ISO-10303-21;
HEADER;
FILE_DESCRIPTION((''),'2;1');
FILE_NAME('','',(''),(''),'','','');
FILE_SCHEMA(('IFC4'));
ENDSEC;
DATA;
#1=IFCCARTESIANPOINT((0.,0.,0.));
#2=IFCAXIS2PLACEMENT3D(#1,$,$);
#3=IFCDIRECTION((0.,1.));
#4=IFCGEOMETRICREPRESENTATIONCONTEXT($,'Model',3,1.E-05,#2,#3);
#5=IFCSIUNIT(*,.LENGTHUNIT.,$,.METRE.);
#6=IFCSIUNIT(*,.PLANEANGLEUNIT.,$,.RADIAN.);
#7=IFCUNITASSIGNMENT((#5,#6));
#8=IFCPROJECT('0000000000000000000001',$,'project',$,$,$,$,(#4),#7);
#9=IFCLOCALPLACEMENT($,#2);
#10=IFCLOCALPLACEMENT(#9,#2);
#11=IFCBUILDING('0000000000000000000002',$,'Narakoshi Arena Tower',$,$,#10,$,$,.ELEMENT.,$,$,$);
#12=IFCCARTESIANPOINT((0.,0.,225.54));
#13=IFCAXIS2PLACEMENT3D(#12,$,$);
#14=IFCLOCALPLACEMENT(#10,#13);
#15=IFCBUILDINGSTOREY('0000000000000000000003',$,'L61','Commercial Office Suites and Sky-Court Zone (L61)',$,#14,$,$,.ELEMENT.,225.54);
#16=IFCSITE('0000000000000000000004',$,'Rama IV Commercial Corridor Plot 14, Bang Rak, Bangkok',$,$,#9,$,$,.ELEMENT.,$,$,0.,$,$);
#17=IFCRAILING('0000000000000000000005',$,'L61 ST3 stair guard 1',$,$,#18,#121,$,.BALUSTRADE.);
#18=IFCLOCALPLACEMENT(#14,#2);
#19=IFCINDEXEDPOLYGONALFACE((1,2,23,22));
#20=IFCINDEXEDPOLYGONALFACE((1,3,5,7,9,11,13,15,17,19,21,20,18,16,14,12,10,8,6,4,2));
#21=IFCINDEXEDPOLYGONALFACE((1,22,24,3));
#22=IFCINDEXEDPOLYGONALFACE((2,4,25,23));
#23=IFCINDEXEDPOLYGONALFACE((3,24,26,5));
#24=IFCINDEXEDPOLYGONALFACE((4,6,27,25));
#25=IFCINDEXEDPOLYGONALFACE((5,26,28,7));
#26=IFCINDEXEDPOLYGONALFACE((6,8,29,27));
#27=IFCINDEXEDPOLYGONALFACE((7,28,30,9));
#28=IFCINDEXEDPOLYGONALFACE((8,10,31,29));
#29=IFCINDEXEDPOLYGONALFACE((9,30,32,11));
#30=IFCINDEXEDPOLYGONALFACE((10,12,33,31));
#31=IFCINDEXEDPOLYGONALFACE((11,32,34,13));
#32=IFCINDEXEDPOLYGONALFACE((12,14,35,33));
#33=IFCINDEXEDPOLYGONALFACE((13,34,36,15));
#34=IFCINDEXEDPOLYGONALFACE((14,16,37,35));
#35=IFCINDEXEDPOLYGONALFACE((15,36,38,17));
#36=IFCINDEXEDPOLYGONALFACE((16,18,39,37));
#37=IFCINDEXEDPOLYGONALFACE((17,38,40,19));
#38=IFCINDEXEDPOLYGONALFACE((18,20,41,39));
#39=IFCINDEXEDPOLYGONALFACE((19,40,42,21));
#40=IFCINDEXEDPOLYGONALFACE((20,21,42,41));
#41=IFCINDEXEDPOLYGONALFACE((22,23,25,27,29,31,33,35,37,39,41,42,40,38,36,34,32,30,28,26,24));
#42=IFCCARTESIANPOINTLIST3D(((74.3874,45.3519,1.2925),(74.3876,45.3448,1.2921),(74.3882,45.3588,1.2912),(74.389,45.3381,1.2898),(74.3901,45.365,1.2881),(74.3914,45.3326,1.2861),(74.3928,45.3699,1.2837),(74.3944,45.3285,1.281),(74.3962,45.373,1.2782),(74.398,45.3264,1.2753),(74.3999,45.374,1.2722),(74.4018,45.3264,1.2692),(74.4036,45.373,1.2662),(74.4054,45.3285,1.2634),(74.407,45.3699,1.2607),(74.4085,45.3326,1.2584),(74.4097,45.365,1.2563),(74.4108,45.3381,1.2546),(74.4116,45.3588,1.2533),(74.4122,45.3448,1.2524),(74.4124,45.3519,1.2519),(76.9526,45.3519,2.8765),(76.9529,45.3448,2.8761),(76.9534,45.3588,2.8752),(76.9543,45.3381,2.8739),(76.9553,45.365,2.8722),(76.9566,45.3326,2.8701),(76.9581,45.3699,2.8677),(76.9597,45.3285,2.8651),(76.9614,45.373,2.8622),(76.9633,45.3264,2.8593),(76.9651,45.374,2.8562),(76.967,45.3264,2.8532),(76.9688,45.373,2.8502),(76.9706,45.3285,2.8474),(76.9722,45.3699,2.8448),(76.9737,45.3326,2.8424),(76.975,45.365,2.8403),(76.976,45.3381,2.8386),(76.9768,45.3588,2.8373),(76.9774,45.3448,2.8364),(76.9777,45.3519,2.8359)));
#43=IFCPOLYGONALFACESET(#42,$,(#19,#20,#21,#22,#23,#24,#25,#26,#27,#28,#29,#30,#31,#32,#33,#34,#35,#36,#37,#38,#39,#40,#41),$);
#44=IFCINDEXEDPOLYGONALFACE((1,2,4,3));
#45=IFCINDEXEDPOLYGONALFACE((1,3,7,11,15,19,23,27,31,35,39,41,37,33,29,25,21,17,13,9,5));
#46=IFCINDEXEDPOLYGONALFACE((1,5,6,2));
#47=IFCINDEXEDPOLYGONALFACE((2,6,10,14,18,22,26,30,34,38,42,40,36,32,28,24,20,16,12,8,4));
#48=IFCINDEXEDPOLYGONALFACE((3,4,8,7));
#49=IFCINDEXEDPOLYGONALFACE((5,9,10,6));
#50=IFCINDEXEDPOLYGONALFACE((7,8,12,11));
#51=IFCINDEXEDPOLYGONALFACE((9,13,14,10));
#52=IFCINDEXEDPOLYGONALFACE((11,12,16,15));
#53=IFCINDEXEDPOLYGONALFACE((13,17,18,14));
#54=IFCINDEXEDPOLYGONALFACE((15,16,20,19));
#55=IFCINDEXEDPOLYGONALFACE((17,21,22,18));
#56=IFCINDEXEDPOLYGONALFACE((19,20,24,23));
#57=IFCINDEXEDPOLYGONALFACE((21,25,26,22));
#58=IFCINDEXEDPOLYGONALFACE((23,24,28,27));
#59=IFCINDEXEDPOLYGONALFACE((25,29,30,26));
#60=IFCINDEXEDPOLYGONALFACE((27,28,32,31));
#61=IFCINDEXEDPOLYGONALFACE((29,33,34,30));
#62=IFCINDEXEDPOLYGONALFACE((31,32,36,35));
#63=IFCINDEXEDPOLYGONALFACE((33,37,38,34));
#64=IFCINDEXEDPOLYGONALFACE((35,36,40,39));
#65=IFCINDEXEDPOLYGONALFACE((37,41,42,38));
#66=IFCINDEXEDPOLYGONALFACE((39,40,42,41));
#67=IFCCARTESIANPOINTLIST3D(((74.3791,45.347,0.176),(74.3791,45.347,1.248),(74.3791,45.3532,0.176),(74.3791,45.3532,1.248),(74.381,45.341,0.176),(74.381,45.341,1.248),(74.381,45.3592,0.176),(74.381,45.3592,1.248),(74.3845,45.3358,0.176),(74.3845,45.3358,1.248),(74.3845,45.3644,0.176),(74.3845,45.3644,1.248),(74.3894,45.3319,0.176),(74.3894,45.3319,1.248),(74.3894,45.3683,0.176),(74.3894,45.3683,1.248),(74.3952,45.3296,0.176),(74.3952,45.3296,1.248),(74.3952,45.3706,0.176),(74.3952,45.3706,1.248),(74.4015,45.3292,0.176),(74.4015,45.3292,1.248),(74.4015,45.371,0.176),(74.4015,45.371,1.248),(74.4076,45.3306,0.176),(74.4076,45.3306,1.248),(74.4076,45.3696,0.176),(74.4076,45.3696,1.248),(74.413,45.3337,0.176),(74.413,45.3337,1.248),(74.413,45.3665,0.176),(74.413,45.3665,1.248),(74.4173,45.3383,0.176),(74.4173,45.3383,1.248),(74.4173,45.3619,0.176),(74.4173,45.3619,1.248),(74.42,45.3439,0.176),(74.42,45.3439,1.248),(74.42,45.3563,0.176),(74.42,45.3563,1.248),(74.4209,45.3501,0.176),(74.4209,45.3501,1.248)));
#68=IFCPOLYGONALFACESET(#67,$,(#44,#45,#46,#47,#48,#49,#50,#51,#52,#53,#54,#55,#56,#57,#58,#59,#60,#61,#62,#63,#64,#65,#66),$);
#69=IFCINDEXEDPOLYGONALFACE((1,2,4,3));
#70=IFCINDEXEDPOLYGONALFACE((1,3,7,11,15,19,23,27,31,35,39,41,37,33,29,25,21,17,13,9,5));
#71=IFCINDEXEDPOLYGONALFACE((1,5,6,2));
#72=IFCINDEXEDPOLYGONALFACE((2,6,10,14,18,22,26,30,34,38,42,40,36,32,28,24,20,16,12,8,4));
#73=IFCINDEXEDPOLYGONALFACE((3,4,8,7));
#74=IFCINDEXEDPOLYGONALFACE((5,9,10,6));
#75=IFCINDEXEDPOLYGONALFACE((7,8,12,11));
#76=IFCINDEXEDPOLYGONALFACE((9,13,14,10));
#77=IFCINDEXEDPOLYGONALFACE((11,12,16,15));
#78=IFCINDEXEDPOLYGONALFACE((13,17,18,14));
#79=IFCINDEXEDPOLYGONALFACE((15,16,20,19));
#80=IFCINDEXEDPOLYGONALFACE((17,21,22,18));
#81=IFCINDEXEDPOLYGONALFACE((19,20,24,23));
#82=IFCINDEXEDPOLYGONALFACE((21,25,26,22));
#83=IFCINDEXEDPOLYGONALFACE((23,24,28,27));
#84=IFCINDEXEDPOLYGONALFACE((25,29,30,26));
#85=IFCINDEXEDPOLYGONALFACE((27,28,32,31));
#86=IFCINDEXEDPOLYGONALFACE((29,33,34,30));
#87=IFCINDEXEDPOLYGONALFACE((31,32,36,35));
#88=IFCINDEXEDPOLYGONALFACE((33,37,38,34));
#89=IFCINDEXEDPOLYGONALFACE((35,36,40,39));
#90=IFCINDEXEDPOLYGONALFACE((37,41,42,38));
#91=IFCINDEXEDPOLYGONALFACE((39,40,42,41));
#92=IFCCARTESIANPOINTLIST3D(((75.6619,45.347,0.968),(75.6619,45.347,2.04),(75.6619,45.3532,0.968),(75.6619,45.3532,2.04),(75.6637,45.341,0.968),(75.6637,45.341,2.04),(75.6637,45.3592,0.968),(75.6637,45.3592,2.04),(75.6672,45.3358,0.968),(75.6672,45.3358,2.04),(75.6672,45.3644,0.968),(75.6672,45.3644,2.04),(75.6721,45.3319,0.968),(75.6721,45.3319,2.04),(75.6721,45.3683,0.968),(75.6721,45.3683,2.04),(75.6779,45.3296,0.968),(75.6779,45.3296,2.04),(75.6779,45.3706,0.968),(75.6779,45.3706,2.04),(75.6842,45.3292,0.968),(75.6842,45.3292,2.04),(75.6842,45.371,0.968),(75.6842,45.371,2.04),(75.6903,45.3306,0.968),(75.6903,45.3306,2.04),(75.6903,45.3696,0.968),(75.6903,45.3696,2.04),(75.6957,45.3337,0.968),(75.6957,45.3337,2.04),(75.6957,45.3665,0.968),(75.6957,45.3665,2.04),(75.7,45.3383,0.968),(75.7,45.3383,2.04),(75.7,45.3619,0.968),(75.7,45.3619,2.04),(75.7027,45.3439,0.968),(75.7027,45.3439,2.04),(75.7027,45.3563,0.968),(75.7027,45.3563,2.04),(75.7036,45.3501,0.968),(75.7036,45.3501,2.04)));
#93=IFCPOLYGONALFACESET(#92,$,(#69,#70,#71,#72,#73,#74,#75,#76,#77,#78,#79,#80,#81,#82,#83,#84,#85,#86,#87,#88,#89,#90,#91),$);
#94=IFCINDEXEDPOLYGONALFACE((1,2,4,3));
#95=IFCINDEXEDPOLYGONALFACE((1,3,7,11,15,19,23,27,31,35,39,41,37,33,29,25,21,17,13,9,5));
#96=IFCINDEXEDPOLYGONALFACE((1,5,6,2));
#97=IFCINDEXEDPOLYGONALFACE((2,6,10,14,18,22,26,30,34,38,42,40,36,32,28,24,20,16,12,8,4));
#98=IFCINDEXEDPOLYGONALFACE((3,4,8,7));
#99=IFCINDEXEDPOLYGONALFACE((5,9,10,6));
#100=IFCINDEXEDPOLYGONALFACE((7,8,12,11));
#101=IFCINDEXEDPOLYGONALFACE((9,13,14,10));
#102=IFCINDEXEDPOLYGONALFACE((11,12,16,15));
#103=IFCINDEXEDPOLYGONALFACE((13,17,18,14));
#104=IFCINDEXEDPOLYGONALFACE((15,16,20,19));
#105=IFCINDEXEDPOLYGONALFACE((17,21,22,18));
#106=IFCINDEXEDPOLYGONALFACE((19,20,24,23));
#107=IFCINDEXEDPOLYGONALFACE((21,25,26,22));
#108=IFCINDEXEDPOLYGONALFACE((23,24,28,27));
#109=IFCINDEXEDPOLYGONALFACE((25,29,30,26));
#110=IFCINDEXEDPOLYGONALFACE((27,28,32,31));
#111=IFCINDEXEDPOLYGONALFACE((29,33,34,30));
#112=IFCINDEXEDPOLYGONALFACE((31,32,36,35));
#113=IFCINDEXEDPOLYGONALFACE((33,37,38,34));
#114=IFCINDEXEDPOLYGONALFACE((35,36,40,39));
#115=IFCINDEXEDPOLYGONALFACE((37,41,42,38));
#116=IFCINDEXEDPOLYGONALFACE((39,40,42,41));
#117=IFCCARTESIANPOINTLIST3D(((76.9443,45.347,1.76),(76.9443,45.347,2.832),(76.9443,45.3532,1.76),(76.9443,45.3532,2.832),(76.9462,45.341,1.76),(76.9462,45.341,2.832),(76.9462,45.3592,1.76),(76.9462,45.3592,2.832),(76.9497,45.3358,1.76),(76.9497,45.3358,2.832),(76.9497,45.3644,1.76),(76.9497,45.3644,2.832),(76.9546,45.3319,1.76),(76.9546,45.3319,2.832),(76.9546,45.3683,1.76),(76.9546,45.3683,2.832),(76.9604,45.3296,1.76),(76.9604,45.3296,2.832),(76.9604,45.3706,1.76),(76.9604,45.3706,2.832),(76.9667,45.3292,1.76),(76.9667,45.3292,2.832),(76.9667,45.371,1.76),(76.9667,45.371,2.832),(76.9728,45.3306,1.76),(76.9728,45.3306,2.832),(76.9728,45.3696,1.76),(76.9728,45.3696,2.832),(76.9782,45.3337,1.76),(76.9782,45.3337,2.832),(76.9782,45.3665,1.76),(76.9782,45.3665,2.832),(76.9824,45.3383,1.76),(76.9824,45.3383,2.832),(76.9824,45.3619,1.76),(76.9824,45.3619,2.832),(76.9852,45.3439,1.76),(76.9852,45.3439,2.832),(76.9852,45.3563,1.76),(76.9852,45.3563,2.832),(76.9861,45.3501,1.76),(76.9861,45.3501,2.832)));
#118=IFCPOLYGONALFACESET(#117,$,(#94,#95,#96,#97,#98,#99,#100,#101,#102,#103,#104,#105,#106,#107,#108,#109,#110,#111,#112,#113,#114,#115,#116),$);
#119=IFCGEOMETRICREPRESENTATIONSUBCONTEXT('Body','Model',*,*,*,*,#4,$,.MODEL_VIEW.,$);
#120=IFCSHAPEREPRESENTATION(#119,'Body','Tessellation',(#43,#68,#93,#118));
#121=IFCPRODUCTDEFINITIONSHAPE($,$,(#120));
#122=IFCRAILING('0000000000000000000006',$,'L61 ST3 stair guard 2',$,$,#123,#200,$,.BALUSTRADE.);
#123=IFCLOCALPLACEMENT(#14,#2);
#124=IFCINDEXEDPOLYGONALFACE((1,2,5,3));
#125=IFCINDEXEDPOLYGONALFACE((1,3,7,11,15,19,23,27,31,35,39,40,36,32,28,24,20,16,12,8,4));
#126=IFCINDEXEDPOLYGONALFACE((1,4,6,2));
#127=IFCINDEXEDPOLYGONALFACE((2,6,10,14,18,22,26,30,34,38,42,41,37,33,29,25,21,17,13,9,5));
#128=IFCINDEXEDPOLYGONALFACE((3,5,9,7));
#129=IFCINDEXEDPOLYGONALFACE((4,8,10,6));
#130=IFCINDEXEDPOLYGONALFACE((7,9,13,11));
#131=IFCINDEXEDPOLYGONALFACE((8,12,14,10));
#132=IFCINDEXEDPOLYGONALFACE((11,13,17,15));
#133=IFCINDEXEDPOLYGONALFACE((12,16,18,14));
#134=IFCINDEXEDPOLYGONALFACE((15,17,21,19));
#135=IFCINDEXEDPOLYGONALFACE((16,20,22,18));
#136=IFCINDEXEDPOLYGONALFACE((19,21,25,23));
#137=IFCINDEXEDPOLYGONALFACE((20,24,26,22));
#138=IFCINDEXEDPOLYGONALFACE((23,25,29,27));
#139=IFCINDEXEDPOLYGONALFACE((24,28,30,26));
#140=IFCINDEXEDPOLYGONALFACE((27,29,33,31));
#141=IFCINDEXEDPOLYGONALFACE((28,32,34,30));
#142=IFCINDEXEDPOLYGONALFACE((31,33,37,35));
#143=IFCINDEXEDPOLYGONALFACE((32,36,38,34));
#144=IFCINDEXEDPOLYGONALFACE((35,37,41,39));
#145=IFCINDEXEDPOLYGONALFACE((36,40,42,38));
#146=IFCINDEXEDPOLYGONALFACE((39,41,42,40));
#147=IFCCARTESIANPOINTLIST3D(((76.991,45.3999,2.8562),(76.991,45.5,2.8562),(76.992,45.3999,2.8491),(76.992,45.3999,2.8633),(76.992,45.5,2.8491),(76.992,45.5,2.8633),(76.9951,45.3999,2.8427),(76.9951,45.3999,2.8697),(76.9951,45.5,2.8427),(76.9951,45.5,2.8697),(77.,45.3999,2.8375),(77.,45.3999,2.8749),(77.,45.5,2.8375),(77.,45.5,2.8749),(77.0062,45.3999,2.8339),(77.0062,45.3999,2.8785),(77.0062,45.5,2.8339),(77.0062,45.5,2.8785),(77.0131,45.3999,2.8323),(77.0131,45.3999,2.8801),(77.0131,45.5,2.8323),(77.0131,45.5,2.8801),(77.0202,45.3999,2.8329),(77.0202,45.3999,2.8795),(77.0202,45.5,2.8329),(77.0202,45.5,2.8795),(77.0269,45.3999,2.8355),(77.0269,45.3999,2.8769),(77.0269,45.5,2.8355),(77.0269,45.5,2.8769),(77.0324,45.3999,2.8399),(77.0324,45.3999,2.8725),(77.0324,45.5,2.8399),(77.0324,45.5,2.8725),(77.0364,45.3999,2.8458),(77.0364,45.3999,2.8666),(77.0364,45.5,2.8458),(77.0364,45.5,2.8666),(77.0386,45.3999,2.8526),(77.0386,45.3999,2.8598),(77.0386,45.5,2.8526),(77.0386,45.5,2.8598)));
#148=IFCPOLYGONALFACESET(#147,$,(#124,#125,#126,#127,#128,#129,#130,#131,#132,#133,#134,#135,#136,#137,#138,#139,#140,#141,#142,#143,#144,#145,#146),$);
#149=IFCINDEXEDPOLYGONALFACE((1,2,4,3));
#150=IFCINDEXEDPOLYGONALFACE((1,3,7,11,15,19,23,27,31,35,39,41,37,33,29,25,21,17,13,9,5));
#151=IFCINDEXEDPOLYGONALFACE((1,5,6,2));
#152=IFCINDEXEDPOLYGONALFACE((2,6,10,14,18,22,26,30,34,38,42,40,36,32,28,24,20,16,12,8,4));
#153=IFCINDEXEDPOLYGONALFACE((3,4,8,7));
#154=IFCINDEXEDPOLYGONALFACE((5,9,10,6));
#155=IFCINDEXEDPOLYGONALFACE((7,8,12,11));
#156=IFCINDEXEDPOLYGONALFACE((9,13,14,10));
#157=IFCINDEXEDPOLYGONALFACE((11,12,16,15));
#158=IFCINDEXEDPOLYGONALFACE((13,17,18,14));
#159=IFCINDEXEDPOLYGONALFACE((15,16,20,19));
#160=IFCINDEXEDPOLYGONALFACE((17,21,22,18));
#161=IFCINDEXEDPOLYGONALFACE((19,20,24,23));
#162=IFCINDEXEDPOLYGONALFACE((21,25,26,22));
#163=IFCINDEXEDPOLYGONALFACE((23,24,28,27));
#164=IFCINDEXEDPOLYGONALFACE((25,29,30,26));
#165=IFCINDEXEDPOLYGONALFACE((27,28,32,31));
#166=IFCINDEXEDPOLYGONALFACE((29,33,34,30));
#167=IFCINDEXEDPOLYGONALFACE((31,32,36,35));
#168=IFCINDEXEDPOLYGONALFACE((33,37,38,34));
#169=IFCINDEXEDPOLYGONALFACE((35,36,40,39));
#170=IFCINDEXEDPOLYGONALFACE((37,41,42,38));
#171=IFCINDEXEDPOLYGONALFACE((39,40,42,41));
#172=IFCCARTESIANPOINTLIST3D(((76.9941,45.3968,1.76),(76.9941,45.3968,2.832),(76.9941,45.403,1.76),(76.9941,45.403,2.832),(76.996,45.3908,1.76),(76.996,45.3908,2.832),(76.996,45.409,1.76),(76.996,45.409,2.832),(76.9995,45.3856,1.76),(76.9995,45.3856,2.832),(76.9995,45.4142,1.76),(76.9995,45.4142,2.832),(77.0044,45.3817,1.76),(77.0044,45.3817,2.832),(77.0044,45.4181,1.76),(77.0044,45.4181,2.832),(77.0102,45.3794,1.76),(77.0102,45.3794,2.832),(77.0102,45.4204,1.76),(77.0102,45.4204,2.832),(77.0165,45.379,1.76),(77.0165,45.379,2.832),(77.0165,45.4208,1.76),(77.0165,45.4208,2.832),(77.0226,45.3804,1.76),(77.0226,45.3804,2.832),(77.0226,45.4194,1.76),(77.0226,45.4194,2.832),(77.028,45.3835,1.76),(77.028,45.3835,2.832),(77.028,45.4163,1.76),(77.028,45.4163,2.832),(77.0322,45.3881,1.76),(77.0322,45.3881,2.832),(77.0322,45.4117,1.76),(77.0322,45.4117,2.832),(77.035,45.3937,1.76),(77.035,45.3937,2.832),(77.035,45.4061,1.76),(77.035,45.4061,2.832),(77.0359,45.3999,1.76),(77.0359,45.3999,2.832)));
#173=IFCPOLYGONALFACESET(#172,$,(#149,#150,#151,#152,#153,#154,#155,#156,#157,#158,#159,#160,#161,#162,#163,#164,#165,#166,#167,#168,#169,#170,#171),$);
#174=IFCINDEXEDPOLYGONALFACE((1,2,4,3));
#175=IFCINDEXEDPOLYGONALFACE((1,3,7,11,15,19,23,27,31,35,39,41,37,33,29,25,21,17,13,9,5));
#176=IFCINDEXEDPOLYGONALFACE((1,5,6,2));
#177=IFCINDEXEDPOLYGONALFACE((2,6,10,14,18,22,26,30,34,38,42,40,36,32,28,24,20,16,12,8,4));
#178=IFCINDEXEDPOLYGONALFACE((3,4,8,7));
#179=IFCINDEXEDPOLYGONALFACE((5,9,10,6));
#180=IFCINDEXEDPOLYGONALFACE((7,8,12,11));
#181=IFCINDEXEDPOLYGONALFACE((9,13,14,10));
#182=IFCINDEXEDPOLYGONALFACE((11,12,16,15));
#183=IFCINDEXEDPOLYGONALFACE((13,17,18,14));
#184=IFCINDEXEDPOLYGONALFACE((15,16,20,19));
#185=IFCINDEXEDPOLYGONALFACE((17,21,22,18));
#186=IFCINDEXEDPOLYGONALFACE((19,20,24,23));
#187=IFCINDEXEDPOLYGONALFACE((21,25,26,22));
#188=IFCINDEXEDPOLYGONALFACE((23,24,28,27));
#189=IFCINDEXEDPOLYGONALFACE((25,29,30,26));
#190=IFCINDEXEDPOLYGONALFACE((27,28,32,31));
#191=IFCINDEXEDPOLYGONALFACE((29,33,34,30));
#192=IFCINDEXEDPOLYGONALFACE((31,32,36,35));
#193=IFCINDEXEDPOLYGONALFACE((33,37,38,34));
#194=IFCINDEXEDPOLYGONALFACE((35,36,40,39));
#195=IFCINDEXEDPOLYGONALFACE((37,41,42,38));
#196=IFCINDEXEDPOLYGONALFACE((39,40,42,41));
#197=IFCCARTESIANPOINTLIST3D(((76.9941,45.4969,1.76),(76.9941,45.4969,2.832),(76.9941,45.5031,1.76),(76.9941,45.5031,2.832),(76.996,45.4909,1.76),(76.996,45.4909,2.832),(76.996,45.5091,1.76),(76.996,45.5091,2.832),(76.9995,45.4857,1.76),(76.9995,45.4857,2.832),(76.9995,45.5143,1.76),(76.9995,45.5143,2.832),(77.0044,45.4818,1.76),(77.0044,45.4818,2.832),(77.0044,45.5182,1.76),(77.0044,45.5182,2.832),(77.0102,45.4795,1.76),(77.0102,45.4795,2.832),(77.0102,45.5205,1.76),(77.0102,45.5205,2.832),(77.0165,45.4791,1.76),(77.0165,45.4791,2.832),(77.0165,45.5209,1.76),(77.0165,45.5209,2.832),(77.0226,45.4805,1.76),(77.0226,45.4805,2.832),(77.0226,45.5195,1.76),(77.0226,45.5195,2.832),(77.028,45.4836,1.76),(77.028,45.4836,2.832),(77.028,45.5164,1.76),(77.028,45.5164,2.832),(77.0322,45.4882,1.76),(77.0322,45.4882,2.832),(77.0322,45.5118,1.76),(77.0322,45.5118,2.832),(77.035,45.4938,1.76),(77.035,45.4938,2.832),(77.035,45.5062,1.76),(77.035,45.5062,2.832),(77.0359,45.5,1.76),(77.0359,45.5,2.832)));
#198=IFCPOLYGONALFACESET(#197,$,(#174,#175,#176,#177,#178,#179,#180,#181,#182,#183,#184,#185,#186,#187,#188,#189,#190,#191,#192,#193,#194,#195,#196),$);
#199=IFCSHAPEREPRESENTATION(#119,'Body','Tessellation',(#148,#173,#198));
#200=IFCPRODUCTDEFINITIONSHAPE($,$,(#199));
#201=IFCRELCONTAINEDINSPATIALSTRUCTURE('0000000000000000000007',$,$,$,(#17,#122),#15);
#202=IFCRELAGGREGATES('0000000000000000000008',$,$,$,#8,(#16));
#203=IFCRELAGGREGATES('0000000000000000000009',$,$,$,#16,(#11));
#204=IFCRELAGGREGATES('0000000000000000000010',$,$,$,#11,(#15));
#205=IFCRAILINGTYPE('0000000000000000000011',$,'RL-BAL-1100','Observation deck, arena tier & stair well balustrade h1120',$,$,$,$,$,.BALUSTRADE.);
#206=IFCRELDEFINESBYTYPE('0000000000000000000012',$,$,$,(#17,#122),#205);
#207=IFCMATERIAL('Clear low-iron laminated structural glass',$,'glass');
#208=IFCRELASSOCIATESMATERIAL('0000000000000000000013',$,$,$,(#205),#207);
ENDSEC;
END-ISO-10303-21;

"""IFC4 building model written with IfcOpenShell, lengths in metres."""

from ifc_helpers import new_model, si_unit, direction, frame, origin, origin_2d, place, context, subcontext, project, spatial, circle, extrude, material, type_object, element, save


model = new_model("IFC4")

# Units and contexts
model_context = context("Model", 3, precision=1e-05, world=origin(), true_north=direction((0.0, 1.0)))
body_context = subcontext(model_context, "Body", "Model", "MODEL_VIEW")
ifc_project = project(units=[si_unit("LENGTHUNIT", "METRE"), si_unit("PLANEANGLEUNIT", "RADIAN")], contexts=[model_context])

# Site, building, storey
site_placement = place(None, origin())
site = spatial("IfcSite", under=ifc_project, at=site_placement, Name="Rama IV Commercial Corridor Plot 14, Bang Rak, Bangkok", CompositionType="ELEMENT", RefElevation=0.0)
building_placement = place(site_placement, origin())
building = spatial("IfcBuilding", under=site, at=building_placement, Name="Narakoshi Arena Tower", CompositionType="ELEMENT")
storey_placement = place(building_placement, frame((0.0, 0.0, 225.54)))
storey = spatial("IfcBuildingStorey", under=building, at=storey_placement, Name="L61", Description="Commercial Office Suites and Sky-Court Zone (L61)", CompositionType="ELEMENT", Elevation=225.54)

# Railings
ifc_material_1 = material(Name="Clear low-iron laminated structural glass", Category="glass")
railing_type_1 = type_object("IfcRailingType", Name="RL-BAL-1100", Description="Observation deck, arena tier & stair well balustrade h1120", PredefinedType="BALUSTRADE", material=ifc_material_1)
railing_1_placement = place(storey_placement, frame((74.3999, 45.3501, 0.176)))
element("IfcRailing", 1, at=railing_1_placement, inside=storey, type_object=railing_type_1, Name="L61 ST3 stair guard 1", PredefinedType="BALUSTRADE", context=body_context, shape_type="SweptSolid", body=[
    extrude(circle(Radius=0.0239, at=origin_2d()), frame((0.0, 0.0, 1.0962), z_axis=(0.850857, 0.0, 0.525398), x_axis=(0.0, 1.0, 0.0)), (0.0, 0.0, 1.0), 3.0149),
    extrude(circle(Radius=0.021, at=origin_2d()), origin(), (0.0, 0.0, 1.0), 1.072),
    extrude(circle(Radius=0.021, at=origin_2d()), frame((1.2827, 0.0, 0.792)), (0.0, 0.0, 1.0), 1.072),
    extrude(circle(Radius=0.021, at=origin_2d()), frame((2.5652, 0.0, 1.584)), (0.0, 0.0, 1.0), 1.072),
])
railing_2_placement = place(storey_placement, frame((77.0149, 45.3999, 1.76)))
element("IfcRailing", 2, at=railing_2_placement, inside=storey, type_object=railing_type_1, Name="L61 ST3 stair guard 2", PredefinedType="BALUSTRADE", context=body_context, shape_type="SweptSolid", body=[
    extrude(circle(Radius=0.0239, at=origin_2d()), frame((0.0, 0.0, 1.0962), z_axis=(0.0, 1.0, 0.0), x_axis=(-1.0, 0.0, 0.0)), (0.0, 0.0, 1.0), 0.1001),
    extrude(circle(Radius=0.021, at=origin_2d()), origin(), (0.0, 0.0, 1.0), 1.072),
    extrude(circle(Radius=0.021, at=origin_2d()), frame((0.0, 0.1001, 0.0)), (0.0, 0.0, 1.0), 1.072),
])

save(model, "model.ifc")
